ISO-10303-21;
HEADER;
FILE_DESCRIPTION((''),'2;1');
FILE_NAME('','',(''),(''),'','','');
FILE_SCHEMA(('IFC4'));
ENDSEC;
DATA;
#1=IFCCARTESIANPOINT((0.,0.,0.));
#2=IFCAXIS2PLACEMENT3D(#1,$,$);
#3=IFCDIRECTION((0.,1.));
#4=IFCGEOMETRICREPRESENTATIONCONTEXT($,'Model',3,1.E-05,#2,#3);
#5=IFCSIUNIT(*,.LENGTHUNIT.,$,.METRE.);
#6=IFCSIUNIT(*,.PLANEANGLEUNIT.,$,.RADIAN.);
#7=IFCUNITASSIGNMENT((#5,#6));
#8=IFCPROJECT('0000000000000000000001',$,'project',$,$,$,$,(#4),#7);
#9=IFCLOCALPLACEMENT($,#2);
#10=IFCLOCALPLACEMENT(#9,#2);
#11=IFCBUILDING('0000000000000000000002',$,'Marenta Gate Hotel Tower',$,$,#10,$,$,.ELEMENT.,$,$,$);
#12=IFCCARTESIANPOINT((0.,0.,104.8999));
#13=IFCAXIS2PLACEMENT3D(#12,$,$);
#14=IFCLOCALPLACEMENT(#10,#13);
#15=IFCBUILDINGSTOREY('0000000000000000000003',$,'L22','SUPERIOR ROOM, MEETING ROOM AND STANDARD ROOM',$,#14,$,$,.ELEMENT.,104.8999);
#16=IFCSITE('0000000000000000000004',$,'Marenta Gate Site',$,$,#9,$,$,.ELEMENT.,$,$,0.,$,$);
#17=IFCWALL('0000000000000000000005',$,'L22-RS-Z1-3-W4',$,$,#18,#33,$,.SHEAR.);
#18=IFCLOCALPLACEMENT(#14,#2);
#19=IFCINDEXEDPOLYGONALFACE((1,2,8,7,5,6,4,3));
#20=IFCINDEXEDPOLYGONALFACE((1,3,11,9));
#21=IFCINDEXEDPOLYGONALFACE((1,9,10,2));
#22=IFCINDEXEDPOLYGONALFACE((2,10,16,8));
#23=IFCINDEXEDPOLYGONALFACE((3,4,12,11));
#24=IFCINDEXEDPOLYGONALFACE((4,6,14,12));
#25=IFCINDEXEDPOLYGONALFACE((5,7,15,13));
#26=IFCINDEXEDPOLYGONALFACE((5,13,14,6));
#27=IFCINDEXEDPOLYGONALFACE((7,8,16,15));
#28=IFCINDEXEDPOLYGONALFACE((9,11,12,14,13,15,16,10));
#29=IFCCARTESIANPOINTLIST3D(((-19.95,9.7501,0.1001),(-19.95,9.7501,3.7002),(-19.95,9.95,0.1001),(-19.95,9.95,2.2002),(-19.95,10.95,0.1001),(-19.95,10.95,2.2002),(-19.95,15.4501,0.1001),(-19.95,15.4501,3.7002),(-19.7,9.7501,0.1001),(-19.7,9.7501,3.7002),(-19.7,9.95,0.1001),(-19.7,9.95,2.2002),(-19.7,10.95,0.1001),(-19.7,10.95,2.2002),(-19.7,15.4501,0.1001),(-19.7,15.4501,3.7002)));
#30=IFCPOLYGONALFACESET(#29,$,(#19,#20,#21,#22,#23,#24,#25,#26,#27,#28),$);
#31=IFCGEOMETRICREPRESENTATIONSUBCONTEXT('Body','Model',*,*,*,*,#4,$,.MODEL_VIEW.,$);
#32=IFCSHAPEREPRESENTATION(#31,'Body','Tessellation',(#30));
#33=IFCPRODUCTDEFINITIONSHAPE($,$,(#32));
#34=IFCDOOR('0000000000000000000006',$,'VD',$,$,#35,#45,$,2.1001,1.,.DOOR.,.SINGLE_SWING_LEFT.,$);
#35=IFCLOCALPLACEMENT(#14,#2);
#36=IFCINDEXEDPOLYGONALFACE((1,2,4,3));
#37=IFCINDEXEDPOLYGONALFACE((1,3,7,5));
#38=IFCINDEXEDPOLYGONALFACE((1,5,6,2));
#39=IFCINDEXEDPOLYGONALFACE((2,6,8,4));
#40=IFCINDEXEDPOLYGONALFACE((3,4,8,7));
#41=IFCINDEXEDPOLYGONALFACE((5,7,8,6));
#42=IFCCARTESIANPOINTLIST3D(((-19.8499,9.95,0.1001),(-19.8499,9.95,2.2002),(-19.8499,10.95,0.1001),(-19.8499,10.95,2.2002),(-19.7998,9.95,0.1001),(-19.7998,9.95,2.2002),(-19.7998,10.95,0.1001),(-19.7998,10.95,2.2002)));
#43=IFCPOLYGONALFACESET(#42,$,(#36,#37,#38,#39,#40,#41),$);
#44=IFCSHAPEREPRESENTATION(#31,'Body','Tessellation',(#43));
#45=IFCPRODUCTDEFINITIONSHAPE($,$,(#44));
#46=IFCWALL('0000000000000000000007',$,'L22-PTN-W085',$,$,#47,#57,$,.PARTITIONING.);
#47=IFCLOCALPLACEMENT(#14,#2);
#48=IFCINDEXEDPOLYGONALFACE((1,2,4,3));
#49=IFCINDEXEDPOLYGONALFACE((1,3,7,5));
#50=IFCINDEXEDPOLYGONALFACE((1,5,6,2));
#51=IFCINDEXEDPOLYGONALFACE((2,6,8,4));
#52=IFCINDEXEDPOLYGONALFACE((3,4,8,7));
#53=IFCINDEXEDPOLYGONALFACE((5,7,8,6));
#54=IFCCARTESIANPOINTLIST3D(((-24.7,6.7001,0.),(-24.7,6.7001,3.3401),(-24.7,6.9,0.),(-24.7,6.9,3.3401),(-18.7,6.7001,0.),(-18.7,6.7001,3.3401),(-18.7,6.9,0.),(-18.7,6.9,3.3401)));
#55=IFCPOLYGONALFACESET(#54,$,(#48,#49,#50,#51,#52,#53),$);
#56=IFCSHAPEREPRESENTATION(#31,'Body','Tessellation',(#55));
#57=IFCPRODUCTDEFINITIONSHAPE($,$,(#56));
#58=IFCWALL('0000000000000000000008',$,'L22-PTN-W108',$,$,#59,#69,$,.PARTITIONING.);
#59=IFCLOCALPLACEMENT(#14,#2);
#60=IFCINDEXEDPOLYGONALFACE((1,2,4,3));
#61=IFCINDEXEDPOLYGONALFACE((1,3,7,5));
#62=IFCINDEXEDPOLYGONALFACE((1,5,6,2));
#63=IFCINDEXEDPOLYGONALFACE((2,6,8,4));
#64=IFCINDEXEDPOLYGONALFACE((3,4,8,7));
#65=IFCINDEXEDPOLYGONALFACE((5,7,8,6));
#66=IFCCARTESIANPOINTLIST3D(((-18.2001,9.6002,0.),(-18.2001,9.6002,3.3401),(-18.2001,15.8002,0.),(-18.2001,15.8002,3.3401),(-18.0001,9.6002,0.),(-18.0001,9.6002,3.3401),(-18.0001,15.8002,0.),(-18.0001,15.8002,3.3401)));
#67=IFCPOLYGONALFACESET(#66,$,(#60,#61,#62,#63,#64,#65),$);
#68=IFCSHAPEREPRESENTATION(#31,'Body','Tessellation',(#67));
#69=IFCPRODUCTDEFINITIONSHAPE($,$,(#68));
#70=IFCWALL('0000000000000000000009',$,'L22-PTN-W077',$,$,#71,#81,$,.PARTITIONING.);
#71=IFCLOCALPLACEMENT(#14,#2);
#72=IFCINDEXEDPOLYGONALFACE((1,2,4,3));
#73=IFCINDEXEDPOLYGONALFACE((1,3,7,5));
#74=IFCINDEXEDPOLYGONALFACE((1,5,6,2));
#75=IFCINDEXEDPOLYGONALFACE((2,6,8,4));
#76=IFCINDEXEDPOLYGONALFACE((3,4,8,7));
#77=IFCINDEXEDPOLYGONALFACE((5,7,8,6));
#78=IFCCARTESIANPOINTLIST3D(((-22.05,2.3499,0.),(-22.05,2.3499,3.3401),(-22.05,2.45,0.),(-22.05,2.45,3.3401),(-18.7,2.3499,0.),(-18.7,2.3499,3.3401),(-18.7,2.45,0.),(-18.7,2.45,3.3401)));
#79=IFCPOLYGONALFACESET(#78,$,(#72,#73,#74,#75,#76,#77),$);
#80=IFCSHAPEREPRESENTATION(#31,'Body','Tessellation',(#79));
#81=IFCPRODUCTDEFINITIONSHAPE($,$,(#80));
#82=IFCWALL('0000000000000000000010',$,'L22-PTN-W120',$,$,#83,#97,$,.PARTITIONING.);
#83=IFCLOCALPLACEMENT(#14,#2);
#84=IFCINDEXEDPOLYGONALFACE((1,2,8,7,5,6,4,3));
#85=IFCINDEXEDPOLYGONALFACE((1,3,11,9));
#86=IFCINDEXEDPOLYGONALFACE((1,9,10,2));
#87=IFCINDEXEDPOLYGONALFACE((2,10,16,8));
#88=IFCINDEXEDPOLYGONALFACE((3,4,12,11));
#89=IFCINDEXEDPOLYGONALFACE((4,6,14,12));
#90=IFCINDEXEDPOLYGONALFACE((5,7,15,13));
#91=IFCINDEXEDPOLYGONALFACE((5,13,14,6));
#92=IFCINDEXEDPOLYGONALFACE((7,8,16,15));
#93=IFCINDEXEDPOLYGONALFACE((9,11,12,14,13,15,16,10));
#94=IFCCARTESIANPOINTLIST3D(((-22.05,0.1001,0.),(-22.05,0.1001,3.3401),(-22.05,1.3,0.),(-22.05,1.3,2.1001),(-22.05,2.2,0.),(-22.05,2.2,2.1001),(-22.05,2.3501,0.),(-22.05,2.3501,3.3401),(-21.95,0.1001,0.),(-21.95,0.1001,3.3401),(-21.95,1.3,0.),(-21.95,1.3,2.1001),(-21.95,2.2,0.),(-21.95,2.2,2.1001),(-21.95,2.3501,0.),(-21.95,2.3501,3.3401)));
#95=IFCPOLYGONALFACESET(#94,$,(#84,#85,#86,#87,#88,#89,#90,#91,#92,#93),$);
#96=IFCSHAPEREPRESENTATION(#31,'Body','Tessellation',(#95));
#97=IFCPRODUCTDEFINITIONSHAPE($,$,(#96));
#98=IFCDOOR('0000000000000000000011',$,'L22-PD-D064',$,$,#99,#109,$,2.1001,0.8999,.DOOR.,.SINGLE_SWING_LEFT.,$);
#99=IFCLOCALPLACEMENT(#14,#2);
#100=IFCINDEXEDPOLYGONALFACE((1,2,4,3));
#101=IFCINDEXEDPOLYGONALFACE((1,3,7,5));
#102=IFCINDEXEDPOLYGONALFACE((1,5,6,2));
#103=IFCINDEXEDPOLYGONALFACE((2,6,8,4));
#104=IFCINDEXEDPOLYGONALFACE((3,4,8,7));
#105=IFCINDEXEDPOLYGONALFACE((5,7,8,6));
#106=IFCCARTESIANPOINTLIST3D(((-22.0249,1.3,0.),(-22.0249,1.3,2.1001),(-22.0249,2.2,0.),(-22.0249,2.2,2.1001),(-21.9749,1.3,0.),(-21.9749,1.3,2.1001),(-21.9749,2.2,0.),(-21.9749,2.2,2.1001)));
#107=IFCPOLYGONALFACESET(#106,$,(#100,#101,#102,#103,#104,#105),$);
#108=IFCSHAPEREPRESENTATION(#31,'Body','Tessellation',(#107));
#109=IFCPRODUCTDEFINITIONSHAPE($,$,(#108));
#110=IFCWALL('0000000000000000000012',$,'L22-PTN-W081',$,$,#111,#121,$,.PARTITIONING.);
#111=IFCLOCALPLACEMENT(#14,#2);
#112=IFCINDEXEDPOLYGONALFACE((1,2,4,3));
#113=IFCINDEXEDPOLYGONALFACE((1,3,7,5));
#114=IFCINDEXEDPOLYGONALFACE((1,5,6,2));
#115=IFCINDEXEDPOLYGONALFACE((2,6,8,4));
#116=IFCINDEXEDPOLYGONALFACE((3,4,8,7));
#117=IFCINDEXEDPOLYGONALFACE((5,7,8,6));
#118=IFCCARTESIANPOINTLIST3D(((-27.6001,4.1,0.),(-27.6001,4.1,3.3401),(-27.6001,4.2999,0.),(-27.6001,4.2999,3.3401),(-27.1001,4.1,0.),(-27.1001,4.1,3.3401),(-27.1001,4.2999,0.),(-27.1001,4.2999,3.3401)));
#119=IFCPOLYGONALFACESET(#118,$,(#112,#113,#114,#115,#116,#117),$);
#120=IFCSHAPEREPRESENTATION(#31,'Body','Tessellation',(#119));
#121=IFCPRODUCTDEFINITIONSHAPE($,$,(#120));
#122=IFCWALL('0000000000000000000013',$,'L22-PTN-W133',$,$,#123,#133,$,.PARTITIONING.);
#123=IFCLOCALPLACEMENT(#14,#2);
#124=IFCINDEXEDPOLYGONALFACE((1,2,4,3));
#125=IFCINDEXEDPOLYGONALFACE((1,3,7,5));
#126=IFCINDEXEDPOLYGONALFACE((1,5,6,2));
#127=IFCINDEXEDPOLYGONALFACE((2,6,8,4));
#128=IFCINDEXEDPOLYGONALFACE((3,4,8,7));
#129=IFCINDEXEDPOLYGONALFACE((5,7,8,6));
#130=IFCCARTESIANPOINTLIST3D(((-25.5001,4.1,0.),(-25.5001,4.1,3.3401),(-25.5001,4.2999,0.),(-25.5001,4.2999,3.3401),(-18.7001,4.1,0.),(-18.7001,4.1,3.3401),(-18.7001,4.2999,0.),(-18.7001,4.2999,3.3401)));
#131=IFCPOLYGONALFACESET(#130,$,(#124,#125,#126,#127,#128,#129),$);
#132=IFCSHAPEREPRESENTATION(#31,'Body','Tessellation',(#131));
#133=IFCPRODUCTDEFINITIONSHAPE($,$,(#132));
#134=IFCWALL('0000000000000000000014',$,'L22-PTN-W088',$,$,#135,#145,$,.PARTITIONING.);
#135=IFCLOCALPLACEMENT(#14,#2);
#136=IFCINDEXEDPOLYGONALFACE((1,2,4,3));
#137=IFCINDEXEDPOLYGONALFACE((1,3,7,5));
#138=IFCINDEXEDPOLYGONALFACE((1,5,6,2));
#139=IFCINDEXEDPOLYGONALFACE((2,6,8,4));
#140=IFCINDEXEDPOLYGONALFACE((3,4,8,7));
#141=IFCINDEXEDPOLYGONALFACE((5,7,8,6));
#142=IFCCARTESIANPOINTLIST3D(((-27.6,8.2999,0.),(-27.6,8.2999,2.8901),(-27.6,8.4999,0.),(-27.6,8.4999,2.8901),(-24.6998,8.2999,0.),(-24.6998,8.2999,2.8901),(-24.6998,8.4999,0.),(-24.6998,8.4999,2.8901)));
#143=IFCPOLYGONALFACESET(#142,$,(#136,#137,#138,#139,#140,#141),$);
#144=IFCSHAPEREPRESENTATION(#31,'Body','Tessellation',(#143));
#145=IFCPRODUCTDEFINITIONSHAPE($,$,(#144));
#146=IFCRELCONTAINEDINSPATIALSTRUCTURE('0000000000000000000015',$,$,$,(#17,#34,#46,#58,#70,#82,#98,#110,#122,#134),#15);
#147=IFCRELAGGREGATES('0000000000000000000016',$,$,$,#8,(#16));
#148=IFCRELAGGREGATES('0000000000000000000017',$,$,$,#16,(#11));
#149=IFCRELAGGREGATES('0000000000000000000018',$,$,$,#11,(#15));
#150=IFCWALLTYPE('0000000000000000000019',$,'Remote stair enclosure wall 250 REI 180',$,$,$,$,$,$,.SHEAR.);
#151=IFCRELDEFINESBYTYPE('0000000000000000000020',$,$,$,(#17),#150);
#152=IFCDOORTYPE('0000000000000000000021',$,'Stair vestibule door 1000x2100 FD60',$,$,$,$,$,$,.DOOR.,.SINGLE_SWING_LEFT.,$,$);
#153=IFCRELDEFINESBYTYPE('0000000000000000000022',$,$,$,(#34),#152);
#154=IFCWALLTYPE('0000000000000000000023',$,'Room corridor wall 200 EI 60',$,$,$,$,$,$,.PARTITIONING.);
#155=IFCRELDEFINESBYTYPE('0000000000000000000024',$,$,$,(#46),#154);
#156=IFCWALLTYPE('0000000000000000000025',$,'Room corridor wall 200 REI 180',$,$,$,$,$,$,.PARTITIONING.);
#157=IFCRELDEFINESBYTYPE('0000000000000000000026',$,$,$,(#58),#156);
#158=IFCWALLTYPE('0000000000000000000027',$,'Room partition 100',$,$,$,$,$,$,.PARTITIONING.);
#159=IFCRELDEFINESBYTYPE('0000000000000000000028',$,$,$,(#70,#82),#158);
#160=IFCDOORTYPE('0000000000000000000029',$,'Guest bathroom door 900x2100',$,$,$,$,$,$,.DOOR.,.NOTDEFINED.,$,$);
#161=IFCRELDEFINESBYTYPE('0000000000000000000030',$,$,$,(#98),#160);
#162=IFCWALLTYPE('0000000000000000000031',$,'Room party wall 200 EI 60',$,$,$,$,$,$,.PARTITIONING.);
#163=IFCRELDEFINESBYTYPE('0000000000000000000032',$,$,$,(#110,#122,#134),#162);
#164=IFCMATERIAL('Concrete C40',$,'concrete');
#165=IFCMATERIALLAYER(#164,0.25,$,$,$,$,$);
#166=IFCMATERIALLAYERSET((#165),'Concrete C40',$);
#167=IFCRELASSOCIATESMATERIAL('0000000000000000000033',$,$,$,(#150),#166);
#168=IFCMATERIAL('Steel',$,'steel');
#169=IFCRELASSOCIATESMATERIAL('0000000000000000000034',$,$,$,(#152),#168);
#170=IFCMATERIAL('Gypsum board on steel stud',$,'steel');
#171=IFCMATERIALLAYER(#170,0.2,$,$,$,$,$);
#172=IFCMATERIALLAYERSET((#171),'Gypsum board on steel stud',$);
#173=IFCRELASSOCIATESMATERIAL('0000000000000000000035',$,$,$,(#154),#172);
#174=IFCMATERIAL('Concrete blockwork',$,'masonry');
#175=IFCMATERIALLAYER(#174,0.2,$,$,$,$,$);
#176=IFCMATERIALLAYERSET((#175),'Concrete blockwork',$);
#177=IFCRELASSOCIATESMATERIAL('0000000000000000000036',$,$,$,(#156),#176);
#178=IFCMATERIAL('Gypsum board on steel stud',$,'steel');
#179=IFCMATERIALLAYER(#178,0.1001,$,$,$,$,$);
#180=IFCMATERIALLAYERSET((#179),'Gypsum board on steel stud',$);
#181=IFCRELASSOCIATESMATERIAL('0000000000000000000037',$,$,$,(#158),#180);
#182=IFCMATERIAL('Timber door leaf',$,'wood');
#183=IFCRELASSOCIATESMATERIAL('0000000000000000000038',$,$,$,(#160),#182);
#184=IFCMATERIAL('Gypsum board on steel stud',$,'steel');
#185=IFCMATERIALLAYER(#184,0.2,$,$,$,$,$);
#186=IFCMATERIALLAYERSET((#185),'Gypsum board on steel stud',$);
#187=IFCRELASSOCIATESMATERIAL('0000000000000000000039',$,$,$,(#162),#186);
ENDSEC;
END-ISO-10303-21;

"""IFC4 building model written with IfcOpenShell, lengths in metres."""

from ifc_helpers import new_model, si_unit, direction, frame, frame_2d, origin, place, context, subcontext, project, spatial, rectangle, extrude, material, layer, layer_set, type_object, element, fill, save


model = new_model("IFC4")

# Units and contexts
model_context = context("Model", 3, precision=1e-05, world=origin(), true_north=direction((0.0, 1.0)))
body_context = subcontext(model_context, "Body", "Model", "MODEL_VIEW")
ifc_project = project(units=[si_unit("LENGTHUNIT", "METRE"), si_unit("PLANEANGLEUNIT", "RADIAN")], contexts=[model_context])

# Site, building, storey
site_placement = place(None, origin())
site = spatial("IfcSite", under=ifc_project, at=site_placement, Name="Marenta Gate Site", CompositionType="ELEMENT", RefElevation=0.0)
building_placement = place(site_placement, origin())
building = spatial("IfcBuilding", under=site, at=building_placement, Name="Marenta Gate Hotel Tower", CompositionType="ELEMENT")
storey_placement = place(building_placement, frame((0.0, 0.0, 104.8999)))
storey = spatial("IfcBuildingStorey", under=building, at=storey_placement, Name="L22", Description="SUPERIOR ROOM, MEETING ROOM AND STANDARD ROOM", CompositionType="ELEMENT", Elevation=104.8999)

# Shared definitions
ifc_material_1 = material(Name="Concrete C40", Category="concrete")
ifc_layer_1 = layer(ifc_material_1, 0.25)
ifc_layer_set_1 = layer_set([ifc_layer_1], Name="Concrete C40")
wall_type_1 = type_object("IfcWallType", Name="Remote stair enclosure wall 250 REI 180", PredefinedType="SHEAR", material=ifc_layer_set_1)

# Wall, opening, door
wall_1_placement = place(storey_placement, frame((-19.825, 9.75, 0.1001), z_axis=(0.0, 0.0, 1.0), x_axis=(0.0, 1.0, 0.0)))
wall_1 = element("IfcWall", 1, at=wall_1_placement, inside=storey, type_object=wall_type_1, Name="L22-RS-Z1-3-W4", PredefinedType="SHEAR", context=body_context, shape_type="SweptSolid", body=[
    extrude(rectangle(XDim=5.7, YDim=0.25, at=frame_2d((2.8501, 0.0))), origin(), (0.0, 0.0, 1.0), 3.6001),
])
opening_1_placement = place(wall_1_placement, frame((0.2, 0.0, 0.0)))
opening_1 = element("IfcOpeningElement", 2, at=opening_1_placement, cuts=wall_1, PredefinedType="OPENING", context=body_context, shape_type="SweptSolid", body=[
    extrude(rectangle(XDim=1.0, YDim=2.1001, at=frame_2d((0.5, 1.05))), frame((0.0, 0.125, 0.0), z_axis=(0.0, -1.0, 0.0), x_axis=(1.0, 0.0, 0.0)), (0.0, 0.0, 1.0), 0.25),
])
ifc_material_2 = material(Name="Steel", Category="steel")
door_type_1 = type_object("IfcDoorType", Name="Stair vestibule door 1000x2100 FD60", OperationType="SINGLE_SWING_LEFT", PredefinedType="DOOR", material=ifc_material_2)
door_1_placement = place(opening_1_placement, origin())
door_1 = element("IfcDoor", 3, at=door_1_placement, inside=storey, type_object=door_type_1, Name="VD", OperationType="SINGLE_SWING_LEFT", OverallHeight=2.1001, OverallWidth=1.0, PredefinedType="DOOR", context=body_context, shape_type="SweptSolid", body=[
    extrude(rectangle(XDim=1.0, YDim=2.1001, at=frame_2d((0.5, 1.05))), frame((0.0, 0.0249, 0.0), z_axis=(0.0, -1.0, 0.0), x_axis=(1.0, 0.0, 0.0)), (0.0, 0.0, 1.0), 0.05),
])
fill(opening_1, door_1)

# Wall
ifc_material_3 = material(Name="Gypsum board on steel stud", Category="steel")
ifc_layer_2 = layer(ifc_material_3, 0.2)
ifc_layer_set_2 = layer_set([ifc_layer_2], Name="Gypsum board on steel stud")
wall_type_2 = type_object("IfcWallType", Name="Room corridor wall 200 EI 60", PredefinedType="PARTITIONING", material=ifc_layer_set_2)
wall_2_placement = place(storey_placement, frame((-24.7, 6.8, 0.0), z_axis=(0.0, 0.0, 1.0), x_axis=(1.0, 0.0, 0.0)))
element("IfcWall", 4, at=wall_2_placement, inside=storey, type_object=wall_type_2, Name="L22-PTN-W085", PredefinedType="PARTITIONING", context=body_context, shape_type="SweptSolid", body=[
    extrude(rectangle(XDim=6.0, YDim=0.2, at=frame_2d((3.0, 0.0))), origin(), (0.0, 0.0, 1.0), 3.3401),
])

# Shared definitions
ifc_material_4 = material(Name="Concrete blockwork", Category="masonry")
ifc_layer_3 = layer(ifc_material_4, 0.2)
ifc_layer_set_3 = layer_set([ifc_layer_3], Name="Concrete blockwork")
wall_type_3 = type_object("IfcWallType", Name="Room corridor wall 200 REI 180", PredefinedType="PARTITIONING", material=ifc_layer_set_3)

# Walls
wall_3_placement = place(storey_placement, frame((-18.1001, 9.6001, 0.0), z_axis=(0.0, 0.0, 1.0), x_axis=(0.0, 1.0, 0.0)))
element("IfcWall", 5, at=wall_3_placement, inside=storey, type_object=wall_type_3, Name="L22-PTN-W108", PredefinedType="PARTITIONING", context=body_context, shape_type="SweptSolid", body=[
    extrude(rectangle(XDim=6.2, YDim=0.2, at=frame_2d((3.1001, 0.0))), origin(), (0.0, 0.0, 1.0), 3.3401),
])
ifc_material_5 = material(Name="Gypsum board on steel stud", Category="steel")
ifc_layer_4 = layer(ifc_material_5, 0.1001)
ifc_layer_set_4 = layer_set([ifc_layer_4], Name="Gypsum board on steel stud")
wall_type_4 = type_object("IfcWallType", Name="Room partition 100", PredefinedType="PARTITIONING", material=ifc_layer_set_4)
wall_4_placement = place(storey_placement, frame((-22.05, 2.3999, 0.0), z_axis=(0.0, 0.0, 1.0), x_axis=(1.0, 0.0, 0.0)))
element("IfcWall", 6, at=wall_4_placement, inside=storey, type_object=wall_type_4, Name="L22-PTN-W077", PredefinedType="PARTITIONING", context=body_context, shape_type="SweptSolid", body=[
    extrude(rectangle(XDim=3.3501, YDim=0.1001, at=frame_2d((1.675, 0.0))), origin(), (0.0, 0.0, 1.0), 3.3401),
])

# Wall, opening, door
wall_5_placement = place(storey_placement, frame((-22.0, 0.1001, 0.0), z_axis=(0.0, 0.0, 1.0), x_axis=(0.0, 1.0, 0.0)))
wall_5 = element("IfcWall", 7, at=wall_5_placement, inside=storey, type_object=wall_type_4, Name="L22-PTN-W120", PredefinedType="PARTITIONING", context=body_context, shape_type="SweptSolid", body=[
    extrude(rectangle(XDim=2.25, YDim=0.1001, at=frame_2d((1.125, 0.0))), origin(), (0.0, 0.0, 1.0), 3.3401),
])
opening_2_placement = place(wall_5_placement, frame((1.2, 0.0, 0.0)))
opening_2 = element("IfcOpeningElement", 8, at=opening_2_placement, cuts=wall_5, PredefinedType="OPENING", context=body_context, shape_type="SweptSolid", body=[
    extrude(rectangle(XDim=0.8999, YDim=2.1001, at=frame_2d((0.45, 1.05))), frame((0.0, 0.05, 0.0), z_axis=(0.0, -1.0, 0.0), x_axis=(1.0, 0.0, 0.0)), (0.0, 0.0, 1.0), 0.1001),
])
ifc_material_6 = material(Name="Timber door leaf", Category="wood")
door_type_2 = type_object("IfcDoorType", Name="Guest bathroom door 900x2100", OperationType="NOTDEFINED", PredefinedType="DOOR", material=ifc_material_6)
door_2_placement = place(opening_2_placement, origin())
door_2 = element("IfcDoor", 9, at=door_2_placement, inside=storey, type_object=door_type_2, Name="L22-PD-D064", OperationType="SINGLE_SWING_LEFT", OverallHeight=2.1001, OverallWidth=0.8999, PredefinedType="DOOR", context=body_context, shape_type="SweptSolid", body=[
    extrude(rectangle(XDim=0.8999, YDim=2.1001, at=frame_2d((0.45, 1.05))), frame((0.0, 0.0249, 0.0), z_axis=(0.0, -1.0, 0.0), x_axis=(1.0, 0.0, 0.0)), (0.0, 0.0, 1.0), 0.05),
])
fill(opening_2, door_2)

# Walls
ifc_material_7 = material(Name="Gypsum board on steel stud", Category="steel")
ifc_layer_5 = layer(ifc_material_7, 0.2)
ifc_layer_set_5 = layer_set([ifc_layer_5], Name="Gypsum board on steel stud")
wall_type_5 = type_object("IfcWallType", Name="Room party wall 200 EI 60", PredefinedType="PARTITIONING", material=ifc_layer_set_5)
wall_6_placement = place(storey_placement, frame((-27.6001, 4.2, 0.0), z_axis=(0.0, 0.0, 1.0), x_axis=(1.0, 0.0, 0.0)))
element("IfcWall", 10, at=wall_6_placement, inside=storey, type_object=wall_type_5, Name="L22-PTN-W081", PredefinedType="PARTITIONING", context=body_context, shape_type="SweptSolid", body=[
    extrude(rectangle(XDim=0.5, YDim=0.2, at=frame_2d((0.25, 0.0))), origin(), (0.0, 0.0, 1.0), 3.3401),
])
wall_7_placement = place(storey_placement, frame((-25.5, 4.2, 0.0), z_axis=(0.0, 0.0, 1.0), x_axis=(1.0, 0.0, 0.0)))
element("IfcWall", 11, at=wall_7_placement, inside=storey, type_object=wall_type_5, Name="L22-PTN-W133", PredefinedType="PARTITIONING", context=body_context, shape_type="SweptSolid", body=[
    extrude(rectangle(XDim=6.8, YDim=0.2, at=frame_2d((3.3999, 0.0))), origin(), (0.0, 0.0, 1.0), 3.3401),
])
wall_8_placement = place(storey_placement, frame((-27.6001, 8.3999, 0.0), z_axis=(0.0, 0.0, 1.0), x_axis=(1.0, 0.0, 0.0)))
element("IfcWall", 12, at=wall_8_placement, inside=storey, type_object=wall_type_5, Name="L22-PTN-W088", PredefinedType="PARTITIONING", context=body_context, shape_type="SweptSolid", body=[
    extrude(rectangle(XDim=2.9001, YDim=0.2, at=frame_2d((1.4502, 0.0))), origin(), (0.0, 0.0, 1.0), 2.8901),
])

save(model, "model.ifc")
